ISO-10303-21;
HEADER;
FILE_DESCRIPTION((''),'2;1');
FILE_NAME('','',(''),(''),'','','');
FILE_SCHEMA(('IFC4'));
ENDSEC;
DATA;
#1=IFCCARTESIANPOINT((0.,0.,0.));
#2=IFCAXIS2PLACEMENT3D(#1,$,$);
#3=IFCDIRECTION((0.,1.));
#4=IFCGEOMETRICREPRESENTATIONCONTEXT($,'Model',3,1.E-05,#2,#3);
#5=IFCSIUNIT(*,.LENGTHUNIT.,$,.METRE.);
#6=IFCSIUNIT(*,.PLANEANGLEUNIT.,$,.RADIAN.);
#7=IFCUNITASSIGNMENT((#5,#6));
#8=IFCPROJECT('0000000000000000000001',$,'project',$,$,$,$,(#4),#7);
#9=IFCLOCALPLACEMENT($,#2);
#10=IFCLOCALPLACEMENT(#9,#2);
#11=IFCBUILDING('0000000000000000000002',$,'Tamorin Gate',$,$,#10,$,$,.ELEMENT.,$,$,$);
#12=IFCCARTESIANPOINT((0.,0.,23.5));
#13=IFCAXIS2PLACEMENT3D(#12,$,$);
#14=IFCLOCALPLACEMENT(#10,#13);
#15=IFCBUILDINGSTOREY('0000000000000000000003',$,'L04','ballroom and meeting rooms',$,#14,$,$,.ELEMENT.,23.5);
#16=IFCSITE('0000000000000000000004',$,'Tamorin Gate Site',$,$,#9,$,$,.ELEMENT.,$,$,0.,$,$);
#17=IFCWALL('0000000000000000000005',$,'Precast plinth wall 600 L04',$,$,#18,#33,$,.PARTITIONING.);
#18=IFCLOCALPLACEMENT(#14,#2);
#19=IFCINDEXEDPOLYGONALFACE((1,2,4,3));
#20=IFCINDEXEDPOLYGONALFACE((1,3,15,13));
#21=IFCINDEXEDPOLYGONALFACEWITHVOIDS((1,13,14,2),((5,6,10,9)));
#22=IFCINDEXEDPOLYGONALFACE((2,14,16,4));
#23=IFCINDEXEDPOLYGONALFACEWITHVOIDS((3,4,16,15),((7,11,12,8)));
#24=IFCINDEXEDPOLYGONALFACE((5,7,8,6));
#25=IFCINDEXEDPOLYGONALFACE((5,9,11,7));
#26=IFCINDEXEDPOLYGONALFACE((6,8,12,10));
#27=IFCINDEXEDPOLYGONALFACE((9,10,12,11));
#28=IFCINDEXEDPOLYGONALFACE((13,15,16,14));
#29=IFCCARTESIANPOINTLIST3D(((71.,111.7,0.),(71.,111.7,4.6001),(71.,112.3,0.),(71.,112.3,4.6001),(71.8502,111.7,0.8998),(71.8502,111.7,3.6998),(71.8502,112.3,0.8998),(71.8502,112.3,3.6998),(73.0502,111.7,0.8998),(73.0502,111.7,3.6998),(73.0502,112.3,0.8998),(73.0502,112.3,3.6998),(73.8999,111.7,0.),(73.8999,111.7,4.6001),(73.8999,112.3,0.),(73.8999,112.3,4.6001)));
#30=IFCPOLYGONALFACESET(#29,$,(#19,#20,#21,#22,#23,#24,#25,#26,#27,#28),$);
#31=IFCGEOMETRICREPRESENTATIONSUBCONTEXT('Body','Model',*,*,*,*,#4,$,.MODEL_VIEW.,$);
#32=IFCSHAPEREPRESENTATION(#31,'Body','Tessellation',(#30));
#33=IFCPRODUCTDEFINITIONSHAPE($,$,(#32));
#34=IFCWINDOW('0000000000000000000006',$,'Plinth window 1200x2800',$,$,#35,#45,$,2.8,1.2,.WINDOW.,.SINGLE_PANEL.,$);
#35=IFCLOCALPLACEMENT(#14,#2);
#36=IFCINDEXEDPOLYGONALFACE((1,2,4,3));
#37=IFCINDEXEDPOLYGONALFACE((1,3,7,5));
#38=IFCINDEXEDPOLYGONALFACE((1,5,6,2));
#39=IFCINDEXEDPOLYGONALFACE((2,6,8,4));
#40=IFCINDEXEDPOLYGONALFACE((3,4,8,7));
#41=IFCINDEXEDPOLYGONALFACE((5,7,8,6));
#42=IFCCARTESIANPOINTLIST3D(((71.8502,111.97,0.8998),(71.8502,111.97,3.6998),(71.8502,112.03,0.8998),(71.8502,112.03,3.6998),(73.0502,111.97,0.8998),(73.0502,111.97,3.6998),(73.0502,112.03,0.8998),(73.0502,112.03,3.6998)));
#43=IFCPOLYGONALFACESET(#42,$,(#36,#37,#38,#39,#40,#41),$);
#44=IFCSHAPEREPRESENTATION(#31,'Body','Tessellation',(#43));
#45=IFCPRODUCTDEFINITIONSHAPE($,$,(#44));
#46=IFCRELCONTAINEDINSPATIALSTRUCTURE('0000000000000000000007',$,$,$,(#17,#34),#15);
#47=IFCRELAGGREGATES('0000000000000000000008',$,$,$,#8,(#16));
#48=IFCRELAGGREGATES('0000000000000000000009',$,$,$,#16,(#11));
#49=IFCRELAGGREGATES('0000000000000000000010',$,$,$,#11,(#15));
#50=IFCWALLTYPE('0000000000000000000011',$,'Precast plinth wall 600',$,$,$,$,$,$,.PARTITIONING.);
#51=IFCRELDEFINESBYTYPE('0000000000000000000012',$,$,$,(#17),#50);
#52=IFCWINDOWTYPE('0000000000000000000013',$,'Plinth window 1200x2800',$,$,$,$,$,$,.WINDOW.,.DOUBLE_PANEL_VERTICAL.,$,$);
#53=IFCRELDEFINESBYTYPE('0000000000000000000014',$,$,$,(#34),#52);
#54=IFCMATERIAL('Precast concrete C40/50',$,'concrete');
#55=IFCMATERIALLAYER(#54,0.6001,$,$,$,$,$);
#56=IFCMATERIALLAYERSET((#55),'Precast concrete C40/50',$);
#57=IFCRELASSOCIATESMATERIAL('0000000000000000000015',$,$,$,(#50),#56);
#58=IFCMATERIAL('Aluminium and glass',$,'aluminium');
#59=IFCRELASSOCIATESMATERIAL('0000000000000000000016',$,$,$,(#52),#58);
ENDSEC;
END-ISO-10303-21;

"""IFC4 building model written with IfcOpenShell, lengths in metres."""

from ifc_helpers import new_model, si_unit, direction, frame, frame_2d, origin, place, context, subcontext, project, spatial, rectangle, extrude, material, layer, layer_set, type_object, element, fill, save


model = new_model("IFC4")

# Units and contexts
model_context = context("Model", 3, precision=1e-05, world=origin(), true_north=direction((0.0, 1.0)))
body_context = subcontext(model_context, "Body", "Model", "MODEL_VIEW")
ifc_project = project(units=[si_unit("LENGTHUNIT", "METRE"), si_unit("PLANEANGLEUNIT", "RADIAN")], contexts=[model_context])

# Site, building, storey
site_placement = place(None, origin())
site = spatial("IfcSite", under=ifc_project, at=site_placement, Name="Tamorin Gate Site", CompositionType="ELEMENT", RefElevation=0.0)
building_placement = place(site_placement, origin())
building = spatial("IfcBuilding", under=site, at=building_placement, Name="Tamorin Gate", CompositionType="ELEMENT")
storey_placement = place(building_placement, frame((0.0, 0.0, 23.5)))
storey = spatial("IfcBuildingStorey", under=building, at=storey_placement, Name="L04", Description="ballroom and meeting rooms", CompositionType="ELEMENT", Elevation=23.5)

# Shared definitions
ifc_material_1 = material(Name="Precast concrete C40/50", Category="concrete")
ifc_layer_1 = layer(ifc_material_1, 0.6001)
ifc_layer_set_1 = layer_set([ifc_layer_1], Name="Precast concrete C40/50")
wall_type_1 = type_object("IfcWallType", Name="Precast plinth wall 600", PredefinedType="PARTITIONING", material=ifc_layer_set_1)
ifc_material_2 = material(Name="Aluminium and glass", Category="aluminium")
window_type_1 = type_object("IfcWindowType", Name="Plinth window 1200x2800", PartitioningType="DOUBLE_PANEL_VERTICAL", PredefinedType="WINDOW", material=ifc_material_2)

# Wall, opening, window
wall_1_placement = place(storey_placement, frame((71.0, 112.0, 0.0), z_axis=(0.0, 0.0, 1.0), x_axis=(1.0, 0.0, 0.0)))
wall_1 = element("IfcWall", 1, at=wall_1_placement, inside=storey, type_object=wall_type_1, Name="Precast plinth wall 600 L04", PredefinedType="PARTITIONING", context=body_context, shape_type="SweptSolid", body=[
    extrude(rectangle(XDim=2.8999, YDim=0.6001, at=frame_2d((1.45, 0.0))), origin(), (0.0, 0.0, 1.0), 4.6001),
])
opening_1_placement = place(wall_1_placement, frame((0.8501, 0.0, 0.8999)))
opening_1 = element("IfcOpeningElement", 2, at=opening_1_placement, cuts=wall_1, PredefinedType="OPENING", context=body_context, shape_type="SweptSolid", body=[
    extrude(rectangle(XDim=1.2, YDim=2.8, at=frame_2d((0.6001, 1.3999))), frame((0.0, 0.3101, 0.0), z_axis=(0.0, -1.0, 0.0), x_axis=(1.0, 0.0, 0.0)), (0.0, 0.0, 1.0), 0.6201),
])
window_1_placement = place(opening_1_placement, origin())
window_1 = element("IfcWindow", 3, at=window_1_placement, inside=storey, type_object=window_type_1, Name="Plinth window 1200x2800", OverallHeight=2.8, OverallWidth=1.2, PartitioningType="SINGLE_PANEL", PredefinedType="WINDOW", context=body_context, shape_type="SweptSolid", body=[
    extrude(rectangle(XDim=1.2, YDim=2.8, at=frame_2d((0.6001, 1.3999))), frame((0.0, 0.03, 0.0), z_axis=(0.0, -1.0, 0.0), x_axis=(1.0, 0.0, 0.0)), (0.0, 0.0, 1.0), 0.0601),
])
fill(opening_1, window_1)

save(model, "model.ifc")
